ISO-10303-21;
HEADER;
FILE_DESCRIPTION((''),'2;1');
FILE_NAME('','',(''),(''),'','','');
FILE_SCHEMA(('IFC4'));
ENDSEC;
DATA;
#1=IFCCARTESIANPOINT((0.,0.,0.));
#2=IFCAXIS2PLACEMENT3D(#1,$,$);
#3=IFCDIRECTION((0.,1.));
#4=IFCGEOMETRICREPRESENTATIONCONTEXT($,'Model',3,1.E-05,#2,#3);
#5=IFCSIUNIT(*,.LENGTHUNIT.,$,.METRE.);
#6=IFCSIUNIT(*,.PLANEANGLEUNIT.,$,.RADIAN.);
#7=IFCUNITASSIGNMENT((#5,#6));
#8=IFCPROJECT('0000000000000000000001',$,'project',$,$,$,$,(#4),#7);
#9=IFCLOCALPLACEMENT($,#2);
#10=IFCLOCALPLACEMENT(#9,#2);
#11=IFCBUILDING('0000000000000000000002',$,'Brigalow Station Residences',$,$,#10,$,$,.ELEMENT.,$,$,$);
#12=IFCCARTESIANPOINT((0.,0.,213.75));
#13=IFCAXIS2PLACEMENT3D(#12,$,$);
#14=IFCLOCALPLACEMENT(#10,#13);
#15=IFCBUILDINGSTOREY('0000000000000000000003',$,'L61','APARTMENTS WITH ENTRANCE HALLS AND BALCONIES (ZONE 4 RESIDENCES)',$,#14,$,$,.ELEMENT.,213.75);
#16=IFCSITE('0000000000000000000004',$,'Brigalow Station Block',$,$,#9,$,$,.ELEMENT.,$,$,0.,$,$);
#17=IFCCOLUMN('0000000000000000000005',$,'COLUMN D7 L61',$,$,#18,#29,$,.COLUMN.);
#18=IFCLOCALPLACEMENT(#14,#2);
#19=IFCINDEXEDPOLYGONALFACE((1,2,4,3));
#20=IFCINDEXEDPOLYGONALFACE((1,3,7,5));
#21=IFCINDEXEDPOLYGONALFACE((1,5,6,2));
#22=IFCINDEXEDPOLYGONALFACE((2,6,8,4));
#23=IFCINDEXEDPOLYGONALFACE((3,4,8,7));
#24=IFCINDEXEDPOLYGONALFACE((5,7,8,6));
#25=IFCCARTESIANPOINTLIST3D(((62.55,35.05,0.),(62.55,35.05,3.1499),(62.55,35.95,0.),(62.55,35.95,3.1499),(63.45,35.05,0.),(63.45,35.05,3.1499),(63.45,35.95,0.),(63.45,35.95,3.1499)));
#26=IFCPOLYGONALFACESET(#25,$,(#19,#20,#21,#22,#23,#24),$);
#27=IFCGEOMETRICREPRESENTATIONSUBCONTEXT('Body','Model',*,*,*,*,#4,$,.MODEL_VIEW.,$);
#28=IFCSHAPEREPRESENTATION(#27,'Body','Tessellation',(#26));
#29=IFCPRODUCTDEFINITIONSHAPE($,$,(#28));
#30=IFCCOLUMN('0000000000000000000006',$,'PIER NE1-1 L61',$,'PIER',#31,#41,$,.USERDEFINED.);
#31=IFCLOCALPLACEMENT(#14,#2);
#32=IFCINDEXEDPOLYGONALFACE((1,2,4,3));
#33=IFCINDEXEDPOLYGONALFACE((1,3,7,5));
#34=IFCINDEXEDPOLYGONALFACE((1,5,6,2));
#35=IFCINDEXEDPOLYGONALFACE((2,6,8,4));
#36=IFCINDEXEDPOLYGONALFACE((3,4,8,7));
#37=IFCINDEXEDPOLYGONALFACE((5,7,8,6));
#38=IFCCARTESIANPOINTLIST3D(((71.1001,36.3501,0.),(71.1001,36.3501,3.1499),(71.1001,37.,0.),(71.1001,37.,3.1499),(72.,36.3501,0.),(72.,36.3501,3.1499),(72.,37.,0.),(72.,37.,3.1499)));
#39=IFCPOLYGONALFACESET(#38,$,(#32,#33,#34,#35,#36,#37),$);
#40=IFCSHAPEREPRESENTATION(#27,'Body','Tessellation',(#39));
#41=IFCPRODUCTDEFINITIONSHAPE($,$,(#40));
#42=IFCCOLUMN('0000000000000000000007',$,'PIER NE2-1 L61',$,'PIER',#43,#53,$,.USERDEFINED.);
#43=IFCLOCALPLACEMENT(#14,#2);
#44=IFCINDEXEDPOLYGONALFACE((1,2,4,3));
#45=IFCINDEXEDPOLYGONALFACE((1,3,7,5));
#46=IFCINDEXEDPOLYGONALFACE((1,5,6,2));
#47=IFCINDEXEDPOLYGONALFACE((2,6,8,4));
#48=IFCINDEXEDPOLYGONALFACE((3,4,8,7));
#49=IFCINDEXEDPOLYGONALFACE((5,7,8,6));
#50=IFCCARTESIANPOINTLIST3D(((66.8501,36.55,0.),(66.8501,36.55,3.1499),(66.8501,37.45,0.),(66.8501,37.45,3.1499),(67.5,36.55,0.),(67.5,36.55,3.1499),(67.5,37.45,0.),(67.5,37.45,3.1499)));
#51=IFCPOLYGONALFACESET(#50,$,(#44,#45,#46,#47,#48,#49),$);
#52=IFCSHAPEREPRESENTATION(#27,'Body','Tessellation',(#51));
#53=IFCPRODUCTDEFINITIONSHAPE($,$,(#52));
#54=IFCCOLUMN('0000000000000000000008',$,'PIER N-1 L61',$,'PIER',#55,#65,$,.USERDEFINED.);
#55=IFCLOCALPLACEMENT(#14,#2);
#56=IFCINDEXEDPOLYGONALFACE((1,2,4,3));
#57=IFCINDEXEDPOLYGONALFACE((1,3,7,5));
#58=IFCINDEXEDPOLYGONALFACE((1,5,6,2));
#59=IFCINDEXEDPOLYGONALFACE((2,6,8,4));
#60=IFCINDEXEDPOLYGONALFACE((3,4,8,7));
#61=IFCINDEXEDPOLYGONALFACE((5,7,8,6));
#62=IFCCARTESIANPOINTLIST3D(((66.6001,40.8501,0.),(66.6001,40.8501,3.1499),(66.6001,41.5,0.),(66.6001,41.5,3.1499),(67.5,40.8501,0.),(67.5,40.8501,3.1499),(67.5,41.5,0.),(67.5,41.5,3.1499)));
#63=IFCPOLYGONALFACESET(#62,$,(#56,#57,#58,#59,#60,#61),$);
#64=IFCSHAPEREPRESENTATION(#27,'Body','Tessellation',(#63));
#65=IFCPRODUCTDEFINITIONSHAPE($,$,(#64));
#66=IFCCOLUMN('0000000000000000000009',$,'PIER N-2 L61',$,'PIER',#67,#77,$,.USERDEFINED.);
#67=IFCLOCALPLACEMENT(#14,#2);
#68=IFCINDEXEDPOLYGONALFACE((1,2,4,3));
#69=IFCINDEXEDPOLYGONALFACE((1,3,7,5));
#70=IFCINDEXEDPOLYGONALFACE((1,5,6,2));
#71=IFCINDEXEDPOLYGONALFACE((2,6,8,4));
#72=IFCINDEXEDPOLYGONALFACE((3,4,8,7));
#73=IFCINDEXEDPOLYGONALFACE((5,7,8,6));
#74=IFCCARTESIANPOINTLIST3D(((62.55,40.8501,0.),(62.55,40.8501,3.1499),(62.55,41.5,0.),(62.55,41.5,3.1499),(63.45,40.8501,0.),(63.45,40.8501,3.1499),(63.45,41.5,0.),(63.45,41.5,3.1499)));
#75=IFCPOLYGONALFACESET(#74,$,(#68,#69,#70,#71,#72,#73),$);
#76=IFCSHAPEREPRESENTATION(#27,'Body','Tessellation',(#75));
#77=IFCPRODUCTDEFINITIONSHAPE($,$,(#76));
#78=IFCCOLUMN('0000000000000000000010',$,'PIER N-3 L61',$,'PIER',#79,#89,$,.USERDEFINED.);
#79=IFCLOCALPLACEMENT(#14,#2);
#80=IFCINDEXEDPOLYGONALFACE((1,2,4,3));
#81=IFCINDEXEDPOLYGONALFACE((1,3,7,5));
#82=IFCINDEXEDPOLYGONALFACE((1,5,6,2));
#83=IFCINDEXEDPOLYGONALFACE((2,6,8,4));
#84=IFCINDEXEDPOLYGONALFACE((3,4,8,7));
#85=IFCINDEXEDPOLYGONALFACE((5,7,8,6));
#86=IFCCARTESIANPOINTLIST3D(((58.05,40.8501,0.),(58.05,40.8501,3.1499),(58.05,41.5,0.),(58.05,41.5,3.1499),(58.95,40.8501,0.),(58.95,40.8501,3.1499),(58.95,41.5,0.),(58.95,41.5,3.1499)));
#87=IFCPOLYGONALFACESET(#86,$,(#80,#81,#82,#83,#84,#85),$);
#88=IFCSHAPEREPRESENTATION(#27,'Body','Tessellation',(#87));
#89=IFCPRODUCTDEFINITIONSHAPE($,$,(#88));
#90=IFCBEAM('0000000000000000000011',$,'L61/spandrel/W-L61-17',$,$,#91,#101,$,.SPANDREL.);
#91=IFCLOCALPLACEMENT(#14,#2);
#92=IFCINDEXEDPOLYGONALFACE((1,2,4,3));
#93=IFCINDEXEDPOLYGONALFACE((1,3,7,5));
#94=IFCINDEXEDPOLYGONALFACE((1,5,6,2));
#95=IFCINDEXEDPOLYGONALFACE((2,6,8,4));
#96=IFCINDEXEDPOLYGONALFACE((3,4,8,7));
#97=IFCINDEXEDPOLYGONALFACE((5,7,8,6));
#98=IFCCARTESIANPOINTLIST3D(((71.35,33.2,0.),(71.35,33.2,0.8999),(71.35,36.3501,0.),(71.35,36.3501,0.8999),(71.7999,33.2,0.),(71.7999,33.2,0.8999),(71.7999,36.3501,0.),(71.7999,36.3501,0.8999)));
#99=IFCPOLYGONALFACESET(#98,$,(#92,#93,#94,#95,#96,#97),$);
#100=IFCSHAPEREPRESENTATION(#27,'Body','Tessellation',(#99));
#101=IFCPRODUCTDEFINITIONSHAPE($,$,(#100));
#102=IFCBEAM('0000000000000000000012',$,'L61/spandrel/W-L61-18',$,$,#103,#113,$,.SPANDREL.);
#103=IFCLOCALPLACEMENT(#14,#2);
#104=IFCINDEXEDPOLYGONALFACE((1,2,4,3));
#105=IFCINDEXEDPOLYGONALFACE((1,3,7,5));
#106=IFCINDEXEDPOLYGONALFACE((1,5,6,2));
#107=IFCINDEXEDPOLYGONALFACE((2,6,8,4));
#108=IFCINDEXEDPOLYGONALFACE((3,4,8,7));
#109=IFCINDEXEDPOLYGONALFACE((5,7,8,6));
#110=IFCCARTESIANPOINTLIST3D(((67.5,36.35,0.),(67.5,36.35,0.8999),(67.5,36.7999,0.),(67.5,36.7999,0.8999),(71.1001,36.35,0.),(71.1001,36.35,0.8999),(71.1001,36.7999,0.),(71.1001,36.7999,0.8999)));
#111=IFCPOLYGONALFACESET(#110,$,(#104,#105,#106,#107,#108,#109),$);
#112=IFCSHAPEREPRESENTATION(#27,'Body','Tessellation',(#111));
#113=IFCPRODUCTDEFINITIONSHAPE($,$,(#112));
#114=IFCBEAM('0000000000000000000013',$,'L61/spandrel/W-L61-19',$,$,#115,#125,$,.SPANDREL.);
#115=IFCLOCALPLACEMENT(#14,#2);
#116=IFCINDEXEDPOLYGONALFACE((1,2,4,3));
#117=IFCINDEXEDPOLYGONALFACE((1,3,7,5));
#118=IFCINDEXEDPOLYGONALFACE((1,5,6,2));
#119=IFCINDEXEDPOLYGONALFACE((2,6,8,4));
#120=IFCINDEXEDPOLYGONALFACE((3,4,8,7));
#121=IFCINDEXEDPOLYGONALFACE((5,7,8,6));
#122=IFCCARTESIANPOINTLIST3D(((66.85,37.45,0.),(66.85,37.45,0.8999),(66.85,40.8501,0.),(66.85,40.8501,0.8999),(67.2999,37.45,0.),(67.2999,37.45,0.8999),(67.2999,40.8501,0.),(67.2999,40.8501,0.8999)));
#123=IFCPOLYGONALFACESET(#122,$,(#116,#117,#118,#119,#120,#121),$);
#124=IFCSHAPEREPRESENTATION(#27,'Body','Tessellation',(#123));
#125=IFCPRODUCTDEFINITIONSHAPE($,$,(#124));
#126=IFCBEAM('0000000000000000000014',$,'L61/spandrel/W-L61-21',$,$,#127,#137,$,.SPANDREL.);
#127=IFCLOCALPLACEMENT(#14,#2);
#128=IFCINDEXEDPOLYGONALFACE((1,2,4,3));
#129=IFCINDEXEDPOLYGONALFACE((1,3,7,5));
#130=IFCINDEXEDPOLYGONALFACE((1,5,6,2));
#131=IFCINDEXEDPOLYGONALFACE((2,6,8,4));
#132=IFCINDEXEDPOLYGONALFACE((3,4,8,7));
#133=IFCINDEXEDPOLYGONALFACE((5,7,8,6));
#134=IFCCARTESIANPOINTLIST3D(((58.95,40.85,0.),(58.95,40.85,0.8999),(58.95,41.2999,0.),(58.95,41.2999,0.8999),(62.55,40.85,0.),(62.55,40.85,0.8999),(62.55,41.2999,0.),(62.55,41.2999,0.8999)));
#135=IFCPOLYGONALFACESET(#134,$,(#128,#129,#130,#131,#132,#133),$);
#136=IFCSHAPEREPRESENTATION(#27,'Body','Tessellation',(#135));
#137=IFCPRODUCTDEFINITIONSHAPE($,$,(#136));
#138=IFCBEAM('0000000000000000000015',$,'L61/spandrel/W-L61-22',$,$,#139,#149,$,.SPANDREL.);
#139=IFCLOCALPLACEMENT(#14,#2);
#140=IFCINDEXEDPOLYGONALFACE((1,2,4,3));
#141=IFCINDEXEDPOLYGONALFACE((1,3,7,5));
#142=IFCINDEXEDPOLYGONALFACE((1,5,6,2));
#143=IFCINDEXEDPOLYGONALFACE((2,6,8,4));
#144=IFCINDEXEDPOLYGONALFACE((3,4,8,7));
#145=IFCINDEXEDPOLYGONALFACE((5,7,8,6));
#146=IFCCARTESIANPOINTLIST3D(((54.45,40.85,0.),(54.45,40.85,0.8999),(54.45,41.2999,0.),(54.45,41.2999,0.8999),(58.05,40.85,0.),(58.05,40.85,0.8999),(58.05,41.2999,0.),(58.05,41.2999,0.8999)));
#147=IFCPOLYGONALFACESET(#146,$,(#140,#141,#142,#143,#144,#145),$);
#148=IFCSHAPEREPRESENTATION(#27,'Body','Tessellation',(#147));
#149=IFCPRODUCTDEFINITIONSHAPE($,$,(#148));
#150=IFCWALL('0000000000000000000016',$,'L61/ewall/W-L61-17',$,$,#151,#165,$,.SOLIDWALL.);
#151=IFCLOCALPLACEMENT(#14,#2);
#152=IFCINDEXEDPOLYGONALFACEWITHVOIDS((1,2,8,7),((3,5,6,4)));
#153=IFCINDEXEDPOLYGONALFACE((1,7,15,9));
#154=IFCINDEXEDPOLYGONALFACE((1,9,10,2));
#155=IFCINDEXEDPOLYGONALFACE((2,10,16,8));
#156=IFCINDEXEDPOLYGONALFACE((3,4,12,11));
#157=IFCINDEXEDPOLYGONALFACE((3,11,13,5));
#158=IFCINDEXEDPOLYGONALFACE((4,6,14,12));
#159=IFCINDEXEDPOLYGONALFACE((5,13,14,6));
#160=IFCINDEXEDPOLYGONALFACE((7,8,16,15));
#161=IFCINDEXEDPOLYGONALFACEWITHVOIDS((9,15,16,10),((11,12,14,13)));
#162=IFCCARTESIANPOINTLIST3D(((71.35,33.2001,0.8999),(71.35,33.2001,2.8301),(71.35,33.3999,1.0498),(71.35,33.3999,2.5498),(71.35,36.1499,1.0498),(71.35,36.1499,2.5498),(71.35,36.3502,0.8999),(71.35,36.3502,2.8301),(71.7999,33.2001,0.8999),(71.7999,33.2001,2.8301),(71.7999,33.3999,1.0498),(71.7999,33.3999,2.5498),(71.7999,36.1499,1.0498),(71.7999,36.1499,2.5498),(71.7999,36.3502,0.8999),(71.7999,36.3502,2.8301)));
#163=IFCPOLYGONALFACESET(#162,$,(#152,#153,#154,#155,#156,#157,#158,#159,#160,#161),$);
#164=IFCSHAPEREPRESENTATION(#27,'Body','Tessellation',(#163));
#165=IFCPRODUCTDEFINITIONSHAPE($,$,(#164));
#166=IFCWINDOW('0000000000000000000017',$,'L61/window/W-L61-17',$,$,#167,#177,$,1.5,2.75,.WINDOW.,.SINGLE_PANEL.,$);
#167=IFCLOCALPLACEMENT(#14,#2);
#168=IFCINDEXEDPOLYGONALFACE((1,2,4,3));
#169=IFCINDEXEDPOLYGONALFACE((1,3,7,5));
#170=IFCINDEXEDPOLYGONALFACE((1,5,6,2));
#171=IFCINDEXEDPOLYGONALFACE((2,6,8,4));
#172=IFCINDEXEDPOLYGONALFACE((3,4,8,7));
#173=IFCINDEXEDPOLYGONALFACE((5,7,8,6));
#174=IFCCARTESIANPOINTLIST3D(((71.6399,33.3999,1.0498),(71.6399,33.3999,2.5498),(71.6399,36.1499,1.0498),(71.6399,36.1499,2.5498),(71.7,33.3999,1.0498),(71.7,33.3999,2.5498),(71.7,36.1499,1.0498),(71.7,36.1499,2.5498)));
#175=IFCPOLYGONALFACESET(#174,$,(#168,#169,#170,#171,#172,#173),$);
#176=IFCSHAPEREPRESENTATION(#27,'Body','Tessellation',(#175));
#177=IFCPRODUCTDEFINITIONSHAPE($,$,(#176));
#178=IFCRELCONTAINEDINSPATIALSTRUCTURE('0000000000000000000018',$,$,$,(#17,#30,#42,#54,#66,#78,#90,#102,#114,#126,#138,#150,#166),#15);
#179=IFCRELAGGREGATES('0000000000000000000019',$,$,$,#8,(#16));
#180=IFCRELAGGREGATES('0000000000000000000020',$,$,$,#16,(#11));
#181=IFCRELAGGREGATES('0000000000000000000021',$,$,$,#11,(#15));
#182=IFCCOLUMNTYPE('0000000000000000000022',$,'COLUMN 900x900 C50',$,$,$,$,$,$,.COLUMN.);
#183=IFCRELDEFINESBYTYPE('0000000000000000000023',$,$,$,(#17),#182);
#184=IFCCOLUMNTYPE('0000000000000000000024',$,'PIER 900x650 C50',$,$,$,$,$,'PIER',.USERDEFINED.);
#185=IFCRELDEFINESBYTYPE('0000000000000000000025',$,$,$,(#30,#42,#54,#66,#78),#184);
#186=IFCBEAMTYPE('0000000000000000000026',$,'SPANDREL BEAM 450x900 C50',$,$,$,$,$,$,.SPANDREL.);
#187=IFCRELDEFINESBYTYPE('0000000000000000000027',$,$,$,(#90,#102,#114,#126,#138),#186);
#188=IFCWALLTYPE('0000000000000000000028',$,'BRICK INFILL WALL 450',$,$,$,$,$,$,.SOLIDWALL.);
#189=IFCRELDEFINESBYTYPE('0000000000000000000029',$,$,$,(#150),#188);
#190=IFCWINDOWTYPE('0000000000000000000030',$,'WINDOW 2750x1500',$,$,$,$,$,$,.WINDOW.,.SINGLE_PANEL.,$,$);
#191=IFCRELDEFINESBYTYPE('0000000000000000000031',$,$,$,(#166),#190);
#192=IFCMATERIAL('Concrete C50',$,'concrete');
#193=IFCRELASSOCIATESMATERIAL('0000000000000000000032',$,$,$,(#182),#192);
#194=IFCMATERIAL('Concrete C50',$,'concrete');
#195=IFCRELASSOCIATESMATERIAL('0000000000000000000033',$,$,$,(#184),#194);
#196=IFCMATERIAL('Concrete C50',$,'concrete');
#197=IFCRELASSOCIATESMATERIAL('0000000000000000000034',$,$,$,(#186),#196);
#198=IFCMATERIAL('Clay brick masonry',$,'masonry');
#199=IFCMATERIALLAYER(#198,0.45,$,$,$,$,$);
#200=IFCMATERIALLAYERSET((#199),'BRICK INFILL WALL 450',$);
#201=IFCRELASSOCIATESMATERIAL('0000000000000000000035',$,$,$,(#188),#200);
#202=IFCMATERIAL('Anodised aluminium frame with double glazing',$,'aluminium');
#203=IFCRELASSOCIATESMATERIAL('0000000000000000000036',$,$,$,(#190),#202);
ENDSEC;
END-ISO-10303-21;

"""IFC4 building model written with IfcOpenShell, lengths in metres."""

from ifc_helpers import new_model, si_unit, direction, frame, frame_2d, origin, origin_2d, place, context, subcontext, project, spatial, rectangle, extrude, material, layer, layer_set, material_profile, profile_set, type_object, element, fill, save


model = new_model("IFC4")

# Units and contexts
model_context = context("Model", 3, precision=1e-05, world=origin(), true_north=direction((0.0, 1.0)))
body_context = subcontext(model_context, "Body", "Model", "MODEL_VIEW")
ifc_project = project(units=[si_unit("LENGTHUNIT", "METRE"), si_unit("PLANEANGLEUNIT", "RADIAN")], contexts=[model_context])

# Site, building, storey
site_placement = place(None, origin())
site = spatial("IfcSite", under=ifc_project, at=site_placement, Name="Brigalow Station Block", CompositionType="ELEMENT", RefElevation=0.0)
building_placement = place(site_placement, origin())
building = spatial("IfcBuilding", under=site, at=building_placement, Name="Brigalow Station Residences", CompositionType="ELEMENT")
storey_placement = place(building_placement, frame((0.0, 0.0, 213.75)))
storey = spatial("IfcBuildingStorey", under=building, at=storey_placement, Name="L61", Description="APARTMENTS WITH ENTRANCE HALLS AND BALCONIES (ZONE 4 RESIDENCES)", CompositionType="ELEMENT", Elevation=213.75)

# Columns
ifc_material_1 = material(Name="Concrete C50", Category="concrete")
ifc_material_profile_1 = material_profile(ifc_material_1, rectangle(XDim=0.8999, YDim=0.8999, at=origin_2d()), Name="RC900x900")
ifc_profile_set_1 = profile_set([ifc_material_profile_1], Name="Concrete C50")
column_type_1 = type_object("IfcColumnType", Name="COLUMN 900x900 C50", PredefinedType="COLUMN", material=ifc_profile_set_1)
column_placement = place(storey_placement, frame((63.0, 35.5, 0.0), z_axis=(0.0, 0.0, 1.0), x_axis=(1.0, 0.0, 0.0)))
element("IfcColumn", 1, at=column_placement, inside=storey, type_object=column_type_1, Name="COLUMN D7 L61", PredefinedType="COLUMN", context=body_context, shape_type="SweptSolid", body=[
    extrude(rectangle(XDim=0.8999, YDim=0.8999, at=origin_2d()), origin(), (0.0, 0.0, 1.0), 3.1499),
])
ifc_material_2 = material(Name="Concrete C50", Category="concrete")
ifc_material_profile_2 = material_profile(ifc_material_2, rectangle(XDim=0.8999, YDim=0.6499, at=origin_2d()), Name="RC900x650")
ifc_profile_set_2 = profile_set([ifc_material_profile_2], Name="Concrete C50")
column_type_2 = type_object("IfcColumnType", Name="PIER 900x650 C50", ElementType="PIER", PredefinedType="USERDEFINED", material=ifc_profile_set_2)
for number, where, z_axis, x_axis, name in (
    (2, (71.55, 36.675, 0.0), (0.0, 0.0, 1.0), (-1.0, 0.0, 0.0), "PIER NE1-1 L61"),
    (3, (67.175, 37.0, 0.0), (0.0, 0.0, 1.0), (0.0, 1.0, 0.0), "PIER NE2-1 L61"),
    (4, (67.05, 41.175, 0.0), (0.0, 0.0, 1.0), (-1.0, 0.0, 0.0), "PIER N-1 L61"),
    (5, (63.0, 41.175, 0.0), (0.0, 0.0, 1.0), (-1.0, 0.0, 0.0), "PIER N-2 L61"),
    (6, (58.5, 41.175, 0.0), (0.0, 0.0, 1.0), (-1.0, 0.0, 0.0), "PIER N-3 L61"),
):
    element("IfcColumn", number, at=place(storey_placement, frame(where, z_axis=z_axis, x_axis=x_axis)), inside=storey, type_object=column_type_2, Name=name, ObjectType="PIER", PredefinedType="USERDEFINED", context=body_context, shape_type="SweptSolid", body=[
        extrude(rectangle(XDim=0.8999, YDim=0.6499, at=origin_2d()), origin(), (0.0, 0.0, 1.0), 3.1499),
    ])

# Beams
ifc_material_3 = material(Name="Concrete C50", Category="concrete")
ifc_material_profile_3 = material_profile(ifc_material_3, rectangle(XDim=0.45, YDim=0.8999, at=origin_2d()), Name="RC450x900")
ifc_profile_set_3 = profile_set([ifc_material_profile_3], Name="Concrete C50")
beam_type = type_object("IfcBeamType", Name="SPANDREL BEAM 450x900 C50", PredefinedType="SPANDREL", material=ifc_profile_set_3)
beam_1_placement = place(storey_placement, frame((71.575, 33.2, 0.45), z_axis=(0.0, 1.0, 0.0), x_axis=(-1.0, 0.0, 0.0)))
element("IfcBeam", 7, at=beam_1_placement, inside=storey, type_object=beam_type, Name="L61/spandrel/W-L61-17", PredefinedType="SPANDREL", context=body_context, shape_type="SweptSolid", body=[
    extrude(rectangle(XDim=0.45, YDim=0.8999, at=origin_2d()), origin(), (0.0, 0.0, 1.0), 3.1501),
])
beam_2_placement = place(storey_placement, frame((71.1001, 36.575, 0.45), z_axis=(-1.0, 0.0, 0.0), x_axis=(0.0, -1.0, 0.0)))
element("IfcBeam", 8, at=beam_2_placement, inside=storey, type_object=beam_type, Name="L61/spandrel/W-L61-18", PredefinedType="SPANDREL", context=body_context, shape_type="SweptSolid", body=[
    extrude(rectangle(XDim=0.45, YDim=0.8999, at=origin_2d()), origin(), (0.0, 0.0, 1.0), 3.6001),
])
beam_3_placement = place(storey_placement, frame((67.075, 37.45, 0.45), z_axis=(0.0, 1.0, 0.0), x_axis=(-1.0, 0.0, 0.0)))
element("IfcBeam", 9, at=beam_3_placement, inside=storey, type_object=beam_type, Name="L61/spandrel/W-L61-19", PredefinedType="SPANDREL", context=body_context, shape_type="SweptSolid", body=[
    extrude(rectangle(XDim=0.45, YDim=0.8999, at=origin_2d()), origin(), (0.0, 0.0, 1.0), 3.4001),
])
for number, where, z_axis, x_axis, name in (
    (10, (62.55, 41.075, 0.45), (-1.0, 0.0, 0.0), (0.0, -1.0, 0.0), "L61/spandrel/W-L61-21"),
    (11, (58.05, 41.075, 0.45), (-1.0, 0.0, 0.0), (0.0, -1.0, 0.0), "L61/spandrel/W-L61-22"),
):
    element("IfcBeam", number, at=place(storey_placement, frame(where, z_axis=z_axis, x_axis=x_axis)), inside=storey, type_object=beam_type, Name=name, PredefinedType="SPANDREL", context=body_context, shape_type="SweptSolid", body=[
        extrude(rectangle(XDim=0.45, YDim=0.8999, at=origin_2d()), origin(), (0.0, 0.0, 1.0), 3.6001),
    ])

# Wall, opening, window
ifc_material_4 = material(Name="Clay brick masonry", Category="masonry")
ifc_layer_1 = layer(ifc_material_4, 0.45)
ifc_layer_set_1 = layer_set([ifc_layer_1], Name="BRICK INFILL WALL 450")
wall_type_1 = type_object("IfcWallType", Name="BRICK INFILL WALL 450", PredefinedType="SOLIDWALL", material=ifc_layer_set_1)
wall_1_placement = place(storey_placement, frame((71.575, 33.2, 0.8999), z_axis=(0.0, 0.0, 1.0), x_axis=(0.0, 1.0, 0.0)))
wall_1 = element("IfcWall", 12, at=wall_1_placement, inside=storey, type_object=wall_type_1, Name="L61/ewall/W-L61-17", PredefinedType="SOLIDWALL", context=body_context, shape_type="SweptSolid", body=[
    extrude(rectangle(XDim=3.1501, YDim=0.45, at=frame_2d((1.5752, 0.0))), origin(), (0.0, 0.0, 1.0), 1.9302),
])
opening_1_placement = place(wall_1_placement, frame((0.2, 0.0, 0.1499)))
opening_1 = element("IfcOpeningElement", 13, at=opening_1_placement, cuts=wall_1, PredefinedType="OPENING", context=body_context, shape_type="SweptSolid", body=[
    extrude(rectangle(XDim=2.75, YDim=1.5, at=frame_2d((1.375, 0.75))), frame((0.0, 0.2349, 0.0), z_axis=(0.0, -1.0, 0.0), x_axis=(1.0, 0.0, 0.0)), (0.0, 0.0, 1.0), 0.47),
])
ifc_material_5 = material(Name="Anodised aluminium frame with double glazing", Category="aluminium")
window_type_1 = type_object("IfcWindowType", Name="WINDOW 2750x1500", PartitioningType="SINGLE_PANEL", PredefinedType="WINDOW", material=ifc_material_5)
window_1_placement = place(opening_1_placement, origin())
window_1 = element("IfcWindow", 14, at=window_1_placement, inside=storey, type_object=window_type_1, Name="L61/window/W-L61-17", OverallHeight=1.5, OverallWidth=2.75, PartitioningType="SINGLE_PANEL", PredefinedType="WINDOW", context=body_context, shape_type="SweptSolid", body=[
    extrude(rectangle(XDim=2.75, YDim=1.5, at=frame_2d((1.375, 0.75))), frame((0.0, -0.0649, 0.0), z_axis=(0.0, -1.0, 0.0), x_axis=(1.0, 0.0, 0.0)), (0.0, 0.0, 1.0), 0.0601),
])
fill(opening_1, window_1)

save(model, "model.ifc")
